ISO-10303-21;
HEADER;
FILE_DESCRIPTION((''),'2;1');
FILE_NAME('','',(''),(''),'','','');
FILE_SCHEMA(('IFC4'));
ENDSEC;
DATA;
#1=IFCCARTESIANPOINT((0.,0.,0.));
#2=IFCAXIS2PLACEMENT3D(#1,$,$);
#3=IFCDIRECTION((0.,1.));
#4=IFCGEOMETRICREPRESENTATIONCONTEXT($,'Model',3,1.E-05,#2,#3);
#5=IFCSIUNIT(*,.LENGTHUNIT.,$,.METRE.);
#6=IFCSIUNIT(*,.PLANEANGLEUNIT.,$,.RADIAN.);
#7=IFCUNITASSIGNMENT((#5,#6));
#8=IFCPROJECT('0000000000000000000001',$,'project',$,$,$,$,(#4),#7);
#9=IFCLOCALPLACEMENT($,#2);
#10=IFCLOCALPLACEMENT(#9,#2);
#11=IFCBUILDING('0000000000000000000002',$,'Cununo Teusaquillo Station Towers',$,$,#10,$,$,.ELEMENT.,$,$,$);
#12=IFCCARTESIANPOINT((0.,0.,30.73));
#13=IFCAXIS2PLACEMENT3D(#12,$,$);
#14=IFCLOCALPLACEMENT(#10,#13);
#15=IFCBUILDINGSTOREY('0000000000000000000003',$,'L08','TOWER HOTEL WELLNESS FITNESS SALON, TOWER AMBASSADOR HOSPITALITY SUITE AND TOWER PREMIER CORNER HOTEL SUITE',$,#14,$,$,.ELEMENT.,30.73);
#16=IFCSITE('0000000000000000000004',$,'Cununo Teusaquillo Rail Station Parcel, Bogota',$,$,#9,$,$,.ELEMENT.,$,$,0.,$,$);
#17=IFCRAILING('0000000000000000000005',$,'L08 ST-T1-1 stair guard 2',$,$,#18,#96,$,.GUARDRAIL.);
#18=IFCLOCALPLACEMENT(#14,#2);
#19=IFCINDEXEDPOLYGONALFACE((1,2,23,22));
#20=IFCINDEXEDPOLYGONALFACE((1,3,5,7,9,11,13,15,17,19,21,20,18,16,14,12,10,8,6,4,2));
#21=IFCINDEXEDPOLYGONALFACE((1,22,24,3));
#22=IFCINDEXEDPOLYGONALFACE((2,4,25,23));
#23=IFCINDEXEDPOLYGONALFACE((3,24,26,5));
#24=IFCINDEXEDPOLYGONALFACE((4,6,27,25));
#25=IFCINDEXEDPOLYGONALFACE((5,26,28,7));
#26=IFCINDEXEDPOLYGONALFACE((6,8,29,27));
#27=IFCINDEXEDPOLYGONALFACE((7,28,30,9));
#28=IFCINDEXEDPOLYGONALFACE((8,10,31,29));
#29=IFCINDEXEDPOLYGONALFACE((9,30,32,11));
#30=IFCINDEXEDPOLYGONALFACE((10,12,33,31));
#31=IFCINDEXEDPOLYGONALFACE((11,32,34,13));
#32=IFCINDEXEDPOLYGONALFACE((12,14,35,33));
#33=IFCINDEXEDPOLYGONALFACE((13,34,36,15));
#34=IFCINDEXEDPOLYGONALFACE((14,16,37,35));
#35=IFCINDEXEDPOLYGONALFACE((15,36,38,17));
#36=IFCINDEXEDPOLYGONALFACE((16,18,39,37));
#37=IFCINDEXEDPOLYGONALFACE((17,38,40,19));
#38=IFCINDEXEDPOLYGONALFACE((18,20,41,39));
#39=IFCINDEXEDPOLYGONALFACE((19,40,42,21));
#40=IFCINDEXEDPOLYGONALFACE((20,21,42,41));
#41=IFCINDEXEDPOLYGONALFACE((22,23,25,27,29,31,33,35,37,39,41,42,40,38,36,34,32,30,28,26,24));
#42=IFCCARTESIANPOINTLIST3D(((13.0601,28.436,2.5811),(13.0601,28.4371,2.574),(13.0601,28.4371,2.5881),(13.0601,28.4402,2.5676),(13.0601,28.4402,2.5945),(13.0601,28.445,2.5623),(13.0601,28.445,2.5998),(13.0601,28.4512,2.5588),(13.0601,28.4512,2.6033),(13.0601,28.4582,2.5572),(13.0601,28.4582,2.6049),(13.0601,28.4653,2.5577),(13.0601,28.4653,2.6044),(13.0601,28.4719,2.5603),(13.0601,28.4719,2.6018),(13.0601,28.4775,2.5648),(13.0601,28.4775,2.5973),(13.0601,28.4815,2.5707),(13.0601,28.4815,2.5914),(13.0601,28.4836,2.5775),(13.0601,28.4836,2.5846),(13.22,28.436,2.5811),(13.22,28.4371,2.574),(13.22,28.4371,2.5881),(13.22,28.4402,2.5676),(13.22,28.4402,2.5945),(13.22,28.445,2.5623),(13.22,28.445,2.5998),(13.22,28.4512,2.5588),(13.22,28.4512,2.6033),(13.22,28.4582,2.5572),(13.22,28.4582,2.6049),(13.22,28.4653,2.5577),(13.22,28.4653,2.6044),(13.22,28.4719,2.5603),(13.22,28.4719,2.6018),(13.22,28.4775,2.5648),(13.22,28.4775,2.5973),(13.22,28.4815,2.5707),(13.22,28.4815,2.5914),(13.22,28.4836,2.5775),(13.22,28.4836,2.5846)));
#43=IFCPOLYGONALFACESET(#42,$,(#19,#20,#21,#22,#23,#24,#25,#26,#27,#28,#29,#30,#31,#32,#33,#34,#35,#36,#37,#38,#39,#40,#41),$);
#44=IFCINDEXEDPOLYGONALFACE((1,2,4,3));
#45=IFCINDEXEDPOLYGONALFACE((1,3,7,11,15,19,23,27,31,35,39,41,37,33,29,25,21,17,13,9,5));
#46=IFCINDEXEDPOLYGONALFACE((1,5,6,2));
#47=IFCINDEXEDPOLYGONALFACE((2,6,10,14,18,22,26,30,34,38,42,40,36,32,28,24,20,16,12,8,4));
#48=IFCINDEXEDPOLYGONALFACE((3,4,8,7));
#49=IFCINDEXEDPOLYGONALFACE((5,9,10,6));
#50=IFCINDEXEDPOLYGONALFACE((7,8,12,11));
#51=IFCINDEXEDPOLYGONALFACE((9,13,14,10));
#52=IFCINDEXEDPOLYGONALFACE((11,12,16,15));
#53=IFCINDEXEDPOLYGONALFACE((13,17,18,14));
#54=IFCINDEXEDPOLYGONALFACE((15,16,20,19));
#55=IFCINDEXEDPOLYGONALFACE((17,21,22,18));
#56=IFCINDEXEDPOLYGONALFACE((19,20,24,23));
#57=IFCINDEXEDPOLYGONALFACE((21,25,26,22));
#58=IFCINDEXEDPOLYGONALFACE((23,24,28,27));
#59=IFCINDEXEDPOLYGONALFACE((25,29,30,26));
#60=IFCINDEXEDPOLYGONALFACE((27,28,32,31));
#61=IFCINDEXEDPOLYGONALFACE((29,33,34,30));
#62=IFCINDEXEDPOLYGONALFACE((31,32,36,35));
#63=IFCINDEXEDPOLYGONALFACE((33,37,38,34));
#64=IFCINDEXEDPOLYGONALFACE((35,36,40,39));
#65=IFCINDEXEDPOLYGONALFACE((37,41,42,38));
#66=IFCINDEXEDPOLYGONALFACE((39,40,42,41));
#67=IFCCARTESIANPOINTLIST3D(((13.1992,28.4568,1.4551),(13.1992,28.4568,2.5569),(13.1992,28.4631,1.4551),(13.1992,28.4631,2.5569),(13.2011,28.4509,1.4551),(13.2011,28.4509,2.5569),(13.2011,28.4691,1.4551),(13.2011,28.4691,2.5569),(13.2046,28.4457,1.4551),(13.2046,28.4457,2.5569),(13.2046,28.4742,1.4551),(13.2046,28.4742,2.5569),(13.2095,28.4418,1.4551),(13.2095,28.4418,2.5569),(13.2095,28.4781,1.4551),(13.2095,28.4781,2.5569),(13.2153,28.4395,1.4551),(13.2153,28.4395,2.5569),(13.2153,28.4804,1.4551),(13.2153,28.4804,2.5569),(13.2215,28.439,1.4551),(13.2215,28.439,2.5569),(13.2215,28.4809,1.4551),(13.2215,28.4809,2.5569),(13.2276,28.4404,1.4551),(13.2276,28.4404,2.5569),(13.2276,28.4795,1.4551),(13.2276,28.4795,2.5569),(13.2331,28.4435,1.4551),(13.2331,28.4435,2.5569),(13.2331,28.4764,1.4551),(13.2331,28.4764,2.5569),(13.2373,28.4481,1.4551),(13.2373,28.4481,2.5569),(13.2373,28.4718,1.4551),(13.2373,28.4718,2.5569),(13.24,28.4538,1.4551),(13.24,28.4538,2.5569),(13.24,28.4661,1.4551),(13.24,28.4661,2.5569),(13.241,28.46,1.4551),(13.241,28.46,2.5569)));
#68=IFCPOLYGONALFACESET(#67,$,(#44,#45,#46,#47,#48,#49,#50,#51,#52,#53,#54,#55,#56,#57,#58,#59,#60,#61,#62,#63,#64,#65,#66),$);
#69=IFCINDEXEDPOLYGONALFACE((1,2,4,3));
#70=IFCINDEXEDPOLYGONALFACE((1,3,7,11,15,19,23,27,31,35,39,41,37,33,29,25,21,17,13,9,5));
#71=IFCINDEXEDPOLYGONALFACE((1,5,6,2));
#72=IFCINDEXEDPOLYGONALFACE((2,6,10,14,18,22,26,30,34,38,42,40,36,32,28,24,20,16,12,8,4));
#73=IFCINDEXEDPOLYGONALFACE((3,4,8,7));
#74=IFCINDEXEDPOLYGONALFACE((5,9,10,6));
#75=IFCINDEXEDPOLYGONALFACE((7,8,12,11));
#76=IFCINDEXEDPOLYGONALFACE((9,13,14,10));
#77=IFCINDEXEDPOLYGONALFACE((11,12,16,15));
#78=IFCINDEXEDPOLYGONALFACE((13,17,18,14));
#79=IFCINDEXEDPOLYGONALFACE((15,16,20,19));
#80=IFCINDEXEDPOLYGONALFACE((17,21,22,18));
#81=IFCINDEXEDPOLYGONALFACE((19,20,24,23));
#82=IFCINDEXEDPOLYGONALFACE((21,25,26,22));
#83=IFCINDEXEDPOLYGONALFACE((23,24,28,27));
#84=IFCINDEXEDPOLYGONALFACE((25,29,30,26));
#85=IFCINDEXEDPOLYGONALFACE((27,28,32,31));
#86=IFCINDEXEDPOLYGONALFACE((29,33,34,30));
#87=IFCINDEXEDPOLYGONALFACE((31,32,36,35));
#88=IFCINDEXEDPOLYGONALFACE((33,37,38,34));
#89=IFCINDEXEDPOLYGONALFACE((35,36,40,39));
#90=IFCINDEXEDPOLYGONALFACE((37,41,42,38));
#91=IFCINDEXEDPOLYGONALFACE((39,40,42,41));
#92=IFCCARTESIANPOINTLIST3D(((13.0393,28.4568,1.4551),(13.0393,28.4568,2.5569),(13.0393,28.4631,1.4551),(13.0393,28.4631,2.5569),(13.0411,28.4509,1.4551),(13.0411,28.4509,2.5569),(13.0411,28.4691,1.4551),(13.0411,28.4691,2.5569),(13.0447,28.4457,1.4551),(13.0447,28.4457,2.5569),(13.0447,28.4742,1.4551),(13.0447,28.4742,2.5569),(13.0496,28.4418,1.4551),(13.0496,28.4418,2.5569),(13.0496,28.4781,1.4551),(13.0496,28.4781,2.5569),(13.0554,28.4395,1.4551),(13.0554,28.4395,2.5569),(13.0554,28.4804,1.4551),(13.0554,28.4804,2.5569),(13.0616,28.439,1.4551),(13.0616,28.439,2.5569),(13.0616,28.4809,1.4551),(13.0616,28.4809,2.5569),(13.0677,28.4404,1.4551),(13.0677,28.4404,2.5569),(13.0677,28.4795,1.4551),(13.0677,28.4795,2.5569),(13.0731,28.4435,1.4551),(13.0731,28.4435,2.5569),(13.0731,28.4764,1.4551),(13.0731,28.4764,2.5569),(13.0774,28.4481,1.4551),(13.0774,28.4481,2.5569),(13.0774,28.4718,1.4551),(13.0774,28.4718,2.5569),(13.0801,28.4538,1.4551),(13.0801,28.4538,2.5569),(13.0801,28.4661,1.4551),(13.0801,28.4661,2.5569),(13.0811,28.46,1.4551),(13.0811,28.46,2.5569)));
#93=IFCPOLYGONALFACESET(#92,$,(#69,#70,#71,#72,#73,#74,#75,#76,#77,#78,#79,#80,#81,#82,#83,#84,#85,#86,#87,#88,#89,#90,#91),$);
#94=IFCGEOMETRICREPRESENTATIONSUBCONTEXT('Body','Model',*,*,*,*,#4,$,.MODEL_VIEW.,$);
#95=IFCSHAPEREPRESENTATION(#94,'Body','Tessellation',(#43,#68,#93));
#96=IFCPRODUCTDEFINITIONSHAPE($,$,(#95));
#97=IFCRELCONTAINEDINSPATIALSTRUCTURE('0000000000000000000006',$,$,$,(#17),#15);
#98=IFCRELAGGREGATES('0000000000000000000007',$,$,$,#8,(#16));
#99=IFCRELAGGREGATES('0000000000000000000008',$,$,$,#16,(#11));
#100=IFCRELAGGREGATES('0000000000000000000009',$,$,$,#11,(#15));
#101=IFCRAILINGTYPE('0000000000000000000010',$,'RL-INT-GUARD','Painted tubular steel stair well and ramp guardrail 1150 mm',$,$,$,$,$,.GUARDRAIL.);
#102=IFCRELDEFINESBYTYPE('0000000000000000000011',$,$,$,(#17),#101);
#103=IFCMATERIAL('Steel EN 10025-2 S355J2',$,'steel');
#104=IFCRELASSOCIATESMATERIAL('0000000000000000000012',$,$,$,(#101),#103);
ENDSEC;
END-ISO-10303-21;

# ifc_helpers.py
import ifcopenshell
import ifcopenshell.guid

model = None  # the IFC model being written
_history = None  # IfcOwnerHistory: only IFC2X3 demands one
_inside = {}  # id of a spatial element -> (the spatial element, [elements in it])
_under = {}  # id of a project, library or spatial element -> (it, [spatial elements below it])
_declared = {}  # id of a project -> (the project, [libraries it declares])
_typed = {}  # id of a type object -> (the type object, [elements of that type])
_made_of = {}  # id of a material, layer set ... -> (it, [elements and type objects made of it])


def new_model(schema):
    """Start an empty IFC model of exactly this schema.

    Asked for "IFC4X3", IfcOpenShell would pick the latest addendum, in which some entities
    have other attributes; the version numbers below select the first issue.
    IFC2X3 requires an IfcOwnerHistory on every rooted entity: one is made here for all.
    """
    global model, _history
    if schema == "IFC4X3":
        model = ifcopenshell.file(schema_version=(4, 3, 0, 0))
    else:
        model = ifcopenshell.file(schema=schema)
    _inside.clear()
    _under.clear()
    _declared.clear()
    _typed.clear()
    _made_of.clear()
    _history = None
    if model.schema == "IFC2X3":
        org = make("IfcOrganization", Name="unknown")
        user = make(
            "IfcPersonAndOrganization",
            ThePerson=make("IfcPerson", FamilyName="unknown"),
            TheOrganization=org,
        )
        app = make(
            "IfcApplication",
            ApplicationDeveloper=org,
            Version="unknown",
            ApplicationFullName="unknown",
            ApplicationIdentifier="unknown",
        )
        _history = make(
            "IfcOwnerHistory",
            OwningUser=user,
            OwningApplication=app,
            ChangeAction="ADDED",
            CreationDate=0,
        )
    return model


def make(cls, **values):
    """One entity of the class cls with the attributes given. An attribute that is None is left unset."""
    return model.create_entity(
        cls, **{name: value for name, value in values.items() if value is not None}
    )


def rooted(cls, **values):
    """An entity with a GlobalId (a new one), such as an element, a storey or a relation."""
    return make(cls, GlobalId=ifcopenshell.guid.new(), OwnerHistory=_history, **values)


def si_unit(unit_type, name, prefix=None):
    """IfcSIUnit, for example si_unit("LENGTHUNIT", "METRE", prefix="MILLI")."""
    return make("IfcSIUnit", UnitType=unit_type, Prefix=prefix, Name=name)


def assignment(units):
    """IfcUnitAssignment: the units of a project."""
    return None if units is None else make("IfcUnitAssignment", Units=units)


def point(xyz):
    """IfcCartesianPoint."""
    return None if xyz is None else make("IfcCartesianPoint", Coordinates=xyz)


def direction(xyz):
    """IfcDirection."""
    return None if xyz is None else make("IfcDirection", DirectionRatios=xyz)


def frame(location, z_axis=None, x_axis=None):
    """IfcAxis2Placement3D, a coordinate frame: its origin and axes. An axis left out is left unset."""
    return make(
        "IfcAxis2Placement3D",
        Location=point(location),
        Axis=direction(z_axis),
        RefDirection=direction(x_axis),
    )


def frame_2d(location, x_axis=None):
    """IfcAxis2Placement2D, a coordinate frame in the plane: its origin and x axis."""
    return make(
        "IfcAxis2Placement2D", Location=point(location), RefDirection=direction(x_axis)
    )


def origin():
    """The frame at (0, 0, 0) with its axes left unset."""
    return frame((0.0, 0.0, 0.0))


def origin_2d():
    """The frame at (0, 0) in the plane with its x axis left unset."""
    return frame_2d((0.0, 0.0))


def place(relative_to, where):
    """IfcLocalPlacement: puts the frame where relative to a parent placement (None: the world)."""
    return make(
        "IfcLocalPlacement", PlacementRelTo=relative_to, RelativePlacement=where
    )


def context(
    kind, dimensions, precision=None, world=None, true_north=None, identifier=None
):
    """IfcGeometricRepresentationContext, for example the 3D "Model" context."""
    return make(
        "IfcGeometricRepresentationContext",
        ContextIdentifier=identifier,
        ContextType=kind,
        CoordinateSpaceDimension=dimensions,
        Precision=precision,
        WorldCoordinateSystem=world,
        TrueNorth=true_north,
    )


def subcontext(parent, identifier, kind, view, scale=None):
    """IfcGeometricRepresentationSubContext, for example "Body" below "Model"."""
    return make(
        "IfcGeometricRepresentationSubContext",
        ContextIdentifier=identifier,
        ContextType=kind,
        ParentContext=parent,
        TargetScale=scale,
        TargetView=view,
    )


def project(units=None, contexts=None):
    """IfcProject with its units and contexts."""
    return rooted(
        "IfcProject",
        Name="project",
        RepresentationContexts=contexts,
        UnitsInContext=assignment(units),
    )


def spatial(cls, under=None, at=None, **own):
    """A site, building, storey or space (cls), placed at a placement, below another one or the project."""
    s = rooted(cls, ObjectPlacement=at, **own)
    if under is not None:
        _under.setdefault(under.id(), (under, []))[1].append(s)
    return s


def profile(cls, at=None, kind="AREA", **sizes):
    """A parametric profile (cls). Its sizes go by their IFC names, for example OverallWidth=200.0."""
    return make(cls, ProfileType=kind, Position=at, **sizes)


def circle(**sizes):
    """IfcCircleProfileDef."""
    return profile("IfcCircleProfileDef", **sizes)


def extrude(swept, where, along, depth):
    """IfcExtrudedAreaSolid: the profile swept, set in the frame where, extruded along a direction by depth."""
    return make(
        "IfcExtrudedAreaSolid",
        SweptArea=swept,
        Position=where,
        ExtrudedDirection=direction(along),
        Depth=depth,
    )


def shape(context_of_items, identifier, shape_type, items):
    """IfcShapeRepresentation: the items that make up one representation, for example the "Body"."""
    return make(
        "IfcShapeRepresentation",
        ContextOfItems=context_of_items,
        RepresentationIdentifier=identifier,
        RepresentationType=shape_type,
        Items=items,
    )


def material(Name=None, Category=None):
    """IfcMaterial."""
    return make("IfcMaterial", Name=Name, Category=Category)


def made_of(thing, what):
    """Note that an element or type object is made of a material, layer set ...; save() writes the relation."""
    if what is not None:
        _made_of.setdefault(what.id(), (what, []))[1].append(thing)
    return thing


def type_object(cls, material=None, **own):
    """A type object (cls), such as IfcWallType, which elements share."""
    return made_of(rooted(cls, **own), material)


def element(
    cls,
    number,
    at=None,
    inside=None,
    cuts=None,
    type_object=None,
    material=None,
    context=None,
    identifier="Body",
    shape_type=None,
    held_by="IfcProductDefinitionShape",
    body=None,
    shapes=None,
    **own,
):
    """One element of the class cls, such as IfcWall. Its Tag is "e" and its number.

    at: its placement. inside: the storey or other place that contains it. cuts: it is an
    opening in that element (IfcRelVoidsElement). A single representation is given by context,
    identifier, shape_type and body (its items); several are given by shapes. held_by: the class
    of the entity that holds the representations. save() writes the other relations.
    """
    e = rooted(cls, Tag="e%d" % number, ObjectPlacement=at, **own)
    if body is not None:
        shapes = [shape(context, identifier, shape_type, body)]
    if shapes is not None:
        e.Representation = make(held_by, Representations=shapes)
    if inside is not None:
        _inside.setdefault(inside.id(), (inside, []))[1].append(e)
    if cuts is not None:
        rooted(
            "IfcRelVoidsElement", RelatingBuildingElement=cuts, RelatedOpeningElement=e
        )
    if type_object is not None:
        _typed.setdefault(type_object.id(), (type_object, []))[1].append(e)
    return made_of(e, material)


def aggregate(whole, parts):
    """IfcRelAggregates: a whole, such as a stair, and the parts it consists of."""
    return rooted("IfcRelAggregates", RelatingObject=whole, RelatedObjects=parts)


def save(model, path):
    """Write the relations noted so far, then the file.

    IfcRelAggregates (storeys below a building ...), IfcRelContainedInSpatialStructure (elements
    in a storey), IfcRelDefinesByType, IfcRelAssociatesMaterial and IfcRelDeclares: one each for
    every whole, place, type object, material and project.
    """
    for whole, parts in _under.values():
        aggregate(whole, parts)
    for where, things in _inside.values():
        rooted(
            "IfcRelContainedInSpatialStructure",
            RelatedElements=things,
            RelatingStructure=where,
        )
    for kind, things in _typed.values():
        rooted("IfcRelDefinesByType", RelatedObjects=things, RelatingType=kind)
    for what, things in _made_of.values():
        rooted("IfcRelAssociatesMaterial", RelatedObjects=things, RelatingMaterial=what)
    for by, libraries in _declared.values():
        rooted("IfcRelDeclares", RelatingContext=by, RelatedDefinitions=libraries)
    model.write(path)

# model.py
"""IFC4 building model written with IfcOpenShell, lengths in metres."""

from ifc_helpers import new_model, si_unit, direction, frame, origin, origin_2d, place, context, subcontext, project, spatial, circle, extrude, material, type_object, element, save


model = new_model("IFC4")

# Units and contexts
model_context = context("Model", 3, precision=1e-05, world=origin(), true_north=direction((0.0, 1.0)))
body_context = subcontext(model_context, "Body", "Model", "MODEL_VIEW")
ifc_project = project(units=[si_unit("LENGTHUNIT", "METRE"), si_unit("PLANEANGLEUNIT", "RADIAN")], contexts=[model_context])

# Site, building, storey
site_placement = place(None, origin())
site = spatial("IfcSite", under=ifc_project, at=site_placement, Name="Cununo Teusaquillo Rail Station Parcel, Bogota", CompositionType="ELEMENT", RefElevation=0.0)
building_placement = place(site_placement, origin())
building = spatial("IfcBuilding", under=site, at=building_placement, Name="Cununo Teusaquillo Station Towers", CompositionType="ELEMENT")
storey_placement = place(building_placement, frame((0.0, 0.0, 30.73)))
storey = spatial("IfcBuildingStorey", under=building, at=storey_placement, Name="L08", Description="TOWER HOTEL WELLNESS FITNESS SALON, TOWER AMBASSADOR HOSPITALITY SUITE AND TOWER PREMIER CORNER HOTEL SUITE", CompositionType="ELEMENT", Elevation=30.73)

# Railing
ifc_material_1 = material(Name="Steel EN 10025-2 S355J2", Category="steel")
railing_type_1 = type_object("IfcRailingType", Name="RL-INT-GUARD", Description="Painted tubular steel stair well and ramp guardrail 1150 mm", PredefinedType="GUARDRAIL", material=ifc_material_1)
railing_1_placement = place(storey_placement, frame((13.22, 28.46, 1.4551)))
element("IfcRailing", 1, at=railing_1_placement, inside=storey, type_object=railing_type_1, Name="L08 ST-T1-1 stair guard 2", PredefinedType="GUARDRAIL", context=body_context, shape_type="SweptSolid", body=[
    extrude(circle(Radius=0.0239, at=origin_2d()), frame((0.0, 0.0, 1.126), z_axis=(-1.0, 0.0, 0.0), x_axis=(0.0, -1.0, 0.0)), (0.0, 0.0, 1.0), 0.1599),
    extrude(circle(Radius=0.021, at=origin_2d()), origin(), (0.0, 0.0, 1.0), 1.1018),
    extrude(circle(Radius=0.021, at=origin_2d()), frame((-0.1599, 0.0, 0.0)), (0.0, 0.0, 1.0), 1.1018),
])

save(model, "model.ifc")
